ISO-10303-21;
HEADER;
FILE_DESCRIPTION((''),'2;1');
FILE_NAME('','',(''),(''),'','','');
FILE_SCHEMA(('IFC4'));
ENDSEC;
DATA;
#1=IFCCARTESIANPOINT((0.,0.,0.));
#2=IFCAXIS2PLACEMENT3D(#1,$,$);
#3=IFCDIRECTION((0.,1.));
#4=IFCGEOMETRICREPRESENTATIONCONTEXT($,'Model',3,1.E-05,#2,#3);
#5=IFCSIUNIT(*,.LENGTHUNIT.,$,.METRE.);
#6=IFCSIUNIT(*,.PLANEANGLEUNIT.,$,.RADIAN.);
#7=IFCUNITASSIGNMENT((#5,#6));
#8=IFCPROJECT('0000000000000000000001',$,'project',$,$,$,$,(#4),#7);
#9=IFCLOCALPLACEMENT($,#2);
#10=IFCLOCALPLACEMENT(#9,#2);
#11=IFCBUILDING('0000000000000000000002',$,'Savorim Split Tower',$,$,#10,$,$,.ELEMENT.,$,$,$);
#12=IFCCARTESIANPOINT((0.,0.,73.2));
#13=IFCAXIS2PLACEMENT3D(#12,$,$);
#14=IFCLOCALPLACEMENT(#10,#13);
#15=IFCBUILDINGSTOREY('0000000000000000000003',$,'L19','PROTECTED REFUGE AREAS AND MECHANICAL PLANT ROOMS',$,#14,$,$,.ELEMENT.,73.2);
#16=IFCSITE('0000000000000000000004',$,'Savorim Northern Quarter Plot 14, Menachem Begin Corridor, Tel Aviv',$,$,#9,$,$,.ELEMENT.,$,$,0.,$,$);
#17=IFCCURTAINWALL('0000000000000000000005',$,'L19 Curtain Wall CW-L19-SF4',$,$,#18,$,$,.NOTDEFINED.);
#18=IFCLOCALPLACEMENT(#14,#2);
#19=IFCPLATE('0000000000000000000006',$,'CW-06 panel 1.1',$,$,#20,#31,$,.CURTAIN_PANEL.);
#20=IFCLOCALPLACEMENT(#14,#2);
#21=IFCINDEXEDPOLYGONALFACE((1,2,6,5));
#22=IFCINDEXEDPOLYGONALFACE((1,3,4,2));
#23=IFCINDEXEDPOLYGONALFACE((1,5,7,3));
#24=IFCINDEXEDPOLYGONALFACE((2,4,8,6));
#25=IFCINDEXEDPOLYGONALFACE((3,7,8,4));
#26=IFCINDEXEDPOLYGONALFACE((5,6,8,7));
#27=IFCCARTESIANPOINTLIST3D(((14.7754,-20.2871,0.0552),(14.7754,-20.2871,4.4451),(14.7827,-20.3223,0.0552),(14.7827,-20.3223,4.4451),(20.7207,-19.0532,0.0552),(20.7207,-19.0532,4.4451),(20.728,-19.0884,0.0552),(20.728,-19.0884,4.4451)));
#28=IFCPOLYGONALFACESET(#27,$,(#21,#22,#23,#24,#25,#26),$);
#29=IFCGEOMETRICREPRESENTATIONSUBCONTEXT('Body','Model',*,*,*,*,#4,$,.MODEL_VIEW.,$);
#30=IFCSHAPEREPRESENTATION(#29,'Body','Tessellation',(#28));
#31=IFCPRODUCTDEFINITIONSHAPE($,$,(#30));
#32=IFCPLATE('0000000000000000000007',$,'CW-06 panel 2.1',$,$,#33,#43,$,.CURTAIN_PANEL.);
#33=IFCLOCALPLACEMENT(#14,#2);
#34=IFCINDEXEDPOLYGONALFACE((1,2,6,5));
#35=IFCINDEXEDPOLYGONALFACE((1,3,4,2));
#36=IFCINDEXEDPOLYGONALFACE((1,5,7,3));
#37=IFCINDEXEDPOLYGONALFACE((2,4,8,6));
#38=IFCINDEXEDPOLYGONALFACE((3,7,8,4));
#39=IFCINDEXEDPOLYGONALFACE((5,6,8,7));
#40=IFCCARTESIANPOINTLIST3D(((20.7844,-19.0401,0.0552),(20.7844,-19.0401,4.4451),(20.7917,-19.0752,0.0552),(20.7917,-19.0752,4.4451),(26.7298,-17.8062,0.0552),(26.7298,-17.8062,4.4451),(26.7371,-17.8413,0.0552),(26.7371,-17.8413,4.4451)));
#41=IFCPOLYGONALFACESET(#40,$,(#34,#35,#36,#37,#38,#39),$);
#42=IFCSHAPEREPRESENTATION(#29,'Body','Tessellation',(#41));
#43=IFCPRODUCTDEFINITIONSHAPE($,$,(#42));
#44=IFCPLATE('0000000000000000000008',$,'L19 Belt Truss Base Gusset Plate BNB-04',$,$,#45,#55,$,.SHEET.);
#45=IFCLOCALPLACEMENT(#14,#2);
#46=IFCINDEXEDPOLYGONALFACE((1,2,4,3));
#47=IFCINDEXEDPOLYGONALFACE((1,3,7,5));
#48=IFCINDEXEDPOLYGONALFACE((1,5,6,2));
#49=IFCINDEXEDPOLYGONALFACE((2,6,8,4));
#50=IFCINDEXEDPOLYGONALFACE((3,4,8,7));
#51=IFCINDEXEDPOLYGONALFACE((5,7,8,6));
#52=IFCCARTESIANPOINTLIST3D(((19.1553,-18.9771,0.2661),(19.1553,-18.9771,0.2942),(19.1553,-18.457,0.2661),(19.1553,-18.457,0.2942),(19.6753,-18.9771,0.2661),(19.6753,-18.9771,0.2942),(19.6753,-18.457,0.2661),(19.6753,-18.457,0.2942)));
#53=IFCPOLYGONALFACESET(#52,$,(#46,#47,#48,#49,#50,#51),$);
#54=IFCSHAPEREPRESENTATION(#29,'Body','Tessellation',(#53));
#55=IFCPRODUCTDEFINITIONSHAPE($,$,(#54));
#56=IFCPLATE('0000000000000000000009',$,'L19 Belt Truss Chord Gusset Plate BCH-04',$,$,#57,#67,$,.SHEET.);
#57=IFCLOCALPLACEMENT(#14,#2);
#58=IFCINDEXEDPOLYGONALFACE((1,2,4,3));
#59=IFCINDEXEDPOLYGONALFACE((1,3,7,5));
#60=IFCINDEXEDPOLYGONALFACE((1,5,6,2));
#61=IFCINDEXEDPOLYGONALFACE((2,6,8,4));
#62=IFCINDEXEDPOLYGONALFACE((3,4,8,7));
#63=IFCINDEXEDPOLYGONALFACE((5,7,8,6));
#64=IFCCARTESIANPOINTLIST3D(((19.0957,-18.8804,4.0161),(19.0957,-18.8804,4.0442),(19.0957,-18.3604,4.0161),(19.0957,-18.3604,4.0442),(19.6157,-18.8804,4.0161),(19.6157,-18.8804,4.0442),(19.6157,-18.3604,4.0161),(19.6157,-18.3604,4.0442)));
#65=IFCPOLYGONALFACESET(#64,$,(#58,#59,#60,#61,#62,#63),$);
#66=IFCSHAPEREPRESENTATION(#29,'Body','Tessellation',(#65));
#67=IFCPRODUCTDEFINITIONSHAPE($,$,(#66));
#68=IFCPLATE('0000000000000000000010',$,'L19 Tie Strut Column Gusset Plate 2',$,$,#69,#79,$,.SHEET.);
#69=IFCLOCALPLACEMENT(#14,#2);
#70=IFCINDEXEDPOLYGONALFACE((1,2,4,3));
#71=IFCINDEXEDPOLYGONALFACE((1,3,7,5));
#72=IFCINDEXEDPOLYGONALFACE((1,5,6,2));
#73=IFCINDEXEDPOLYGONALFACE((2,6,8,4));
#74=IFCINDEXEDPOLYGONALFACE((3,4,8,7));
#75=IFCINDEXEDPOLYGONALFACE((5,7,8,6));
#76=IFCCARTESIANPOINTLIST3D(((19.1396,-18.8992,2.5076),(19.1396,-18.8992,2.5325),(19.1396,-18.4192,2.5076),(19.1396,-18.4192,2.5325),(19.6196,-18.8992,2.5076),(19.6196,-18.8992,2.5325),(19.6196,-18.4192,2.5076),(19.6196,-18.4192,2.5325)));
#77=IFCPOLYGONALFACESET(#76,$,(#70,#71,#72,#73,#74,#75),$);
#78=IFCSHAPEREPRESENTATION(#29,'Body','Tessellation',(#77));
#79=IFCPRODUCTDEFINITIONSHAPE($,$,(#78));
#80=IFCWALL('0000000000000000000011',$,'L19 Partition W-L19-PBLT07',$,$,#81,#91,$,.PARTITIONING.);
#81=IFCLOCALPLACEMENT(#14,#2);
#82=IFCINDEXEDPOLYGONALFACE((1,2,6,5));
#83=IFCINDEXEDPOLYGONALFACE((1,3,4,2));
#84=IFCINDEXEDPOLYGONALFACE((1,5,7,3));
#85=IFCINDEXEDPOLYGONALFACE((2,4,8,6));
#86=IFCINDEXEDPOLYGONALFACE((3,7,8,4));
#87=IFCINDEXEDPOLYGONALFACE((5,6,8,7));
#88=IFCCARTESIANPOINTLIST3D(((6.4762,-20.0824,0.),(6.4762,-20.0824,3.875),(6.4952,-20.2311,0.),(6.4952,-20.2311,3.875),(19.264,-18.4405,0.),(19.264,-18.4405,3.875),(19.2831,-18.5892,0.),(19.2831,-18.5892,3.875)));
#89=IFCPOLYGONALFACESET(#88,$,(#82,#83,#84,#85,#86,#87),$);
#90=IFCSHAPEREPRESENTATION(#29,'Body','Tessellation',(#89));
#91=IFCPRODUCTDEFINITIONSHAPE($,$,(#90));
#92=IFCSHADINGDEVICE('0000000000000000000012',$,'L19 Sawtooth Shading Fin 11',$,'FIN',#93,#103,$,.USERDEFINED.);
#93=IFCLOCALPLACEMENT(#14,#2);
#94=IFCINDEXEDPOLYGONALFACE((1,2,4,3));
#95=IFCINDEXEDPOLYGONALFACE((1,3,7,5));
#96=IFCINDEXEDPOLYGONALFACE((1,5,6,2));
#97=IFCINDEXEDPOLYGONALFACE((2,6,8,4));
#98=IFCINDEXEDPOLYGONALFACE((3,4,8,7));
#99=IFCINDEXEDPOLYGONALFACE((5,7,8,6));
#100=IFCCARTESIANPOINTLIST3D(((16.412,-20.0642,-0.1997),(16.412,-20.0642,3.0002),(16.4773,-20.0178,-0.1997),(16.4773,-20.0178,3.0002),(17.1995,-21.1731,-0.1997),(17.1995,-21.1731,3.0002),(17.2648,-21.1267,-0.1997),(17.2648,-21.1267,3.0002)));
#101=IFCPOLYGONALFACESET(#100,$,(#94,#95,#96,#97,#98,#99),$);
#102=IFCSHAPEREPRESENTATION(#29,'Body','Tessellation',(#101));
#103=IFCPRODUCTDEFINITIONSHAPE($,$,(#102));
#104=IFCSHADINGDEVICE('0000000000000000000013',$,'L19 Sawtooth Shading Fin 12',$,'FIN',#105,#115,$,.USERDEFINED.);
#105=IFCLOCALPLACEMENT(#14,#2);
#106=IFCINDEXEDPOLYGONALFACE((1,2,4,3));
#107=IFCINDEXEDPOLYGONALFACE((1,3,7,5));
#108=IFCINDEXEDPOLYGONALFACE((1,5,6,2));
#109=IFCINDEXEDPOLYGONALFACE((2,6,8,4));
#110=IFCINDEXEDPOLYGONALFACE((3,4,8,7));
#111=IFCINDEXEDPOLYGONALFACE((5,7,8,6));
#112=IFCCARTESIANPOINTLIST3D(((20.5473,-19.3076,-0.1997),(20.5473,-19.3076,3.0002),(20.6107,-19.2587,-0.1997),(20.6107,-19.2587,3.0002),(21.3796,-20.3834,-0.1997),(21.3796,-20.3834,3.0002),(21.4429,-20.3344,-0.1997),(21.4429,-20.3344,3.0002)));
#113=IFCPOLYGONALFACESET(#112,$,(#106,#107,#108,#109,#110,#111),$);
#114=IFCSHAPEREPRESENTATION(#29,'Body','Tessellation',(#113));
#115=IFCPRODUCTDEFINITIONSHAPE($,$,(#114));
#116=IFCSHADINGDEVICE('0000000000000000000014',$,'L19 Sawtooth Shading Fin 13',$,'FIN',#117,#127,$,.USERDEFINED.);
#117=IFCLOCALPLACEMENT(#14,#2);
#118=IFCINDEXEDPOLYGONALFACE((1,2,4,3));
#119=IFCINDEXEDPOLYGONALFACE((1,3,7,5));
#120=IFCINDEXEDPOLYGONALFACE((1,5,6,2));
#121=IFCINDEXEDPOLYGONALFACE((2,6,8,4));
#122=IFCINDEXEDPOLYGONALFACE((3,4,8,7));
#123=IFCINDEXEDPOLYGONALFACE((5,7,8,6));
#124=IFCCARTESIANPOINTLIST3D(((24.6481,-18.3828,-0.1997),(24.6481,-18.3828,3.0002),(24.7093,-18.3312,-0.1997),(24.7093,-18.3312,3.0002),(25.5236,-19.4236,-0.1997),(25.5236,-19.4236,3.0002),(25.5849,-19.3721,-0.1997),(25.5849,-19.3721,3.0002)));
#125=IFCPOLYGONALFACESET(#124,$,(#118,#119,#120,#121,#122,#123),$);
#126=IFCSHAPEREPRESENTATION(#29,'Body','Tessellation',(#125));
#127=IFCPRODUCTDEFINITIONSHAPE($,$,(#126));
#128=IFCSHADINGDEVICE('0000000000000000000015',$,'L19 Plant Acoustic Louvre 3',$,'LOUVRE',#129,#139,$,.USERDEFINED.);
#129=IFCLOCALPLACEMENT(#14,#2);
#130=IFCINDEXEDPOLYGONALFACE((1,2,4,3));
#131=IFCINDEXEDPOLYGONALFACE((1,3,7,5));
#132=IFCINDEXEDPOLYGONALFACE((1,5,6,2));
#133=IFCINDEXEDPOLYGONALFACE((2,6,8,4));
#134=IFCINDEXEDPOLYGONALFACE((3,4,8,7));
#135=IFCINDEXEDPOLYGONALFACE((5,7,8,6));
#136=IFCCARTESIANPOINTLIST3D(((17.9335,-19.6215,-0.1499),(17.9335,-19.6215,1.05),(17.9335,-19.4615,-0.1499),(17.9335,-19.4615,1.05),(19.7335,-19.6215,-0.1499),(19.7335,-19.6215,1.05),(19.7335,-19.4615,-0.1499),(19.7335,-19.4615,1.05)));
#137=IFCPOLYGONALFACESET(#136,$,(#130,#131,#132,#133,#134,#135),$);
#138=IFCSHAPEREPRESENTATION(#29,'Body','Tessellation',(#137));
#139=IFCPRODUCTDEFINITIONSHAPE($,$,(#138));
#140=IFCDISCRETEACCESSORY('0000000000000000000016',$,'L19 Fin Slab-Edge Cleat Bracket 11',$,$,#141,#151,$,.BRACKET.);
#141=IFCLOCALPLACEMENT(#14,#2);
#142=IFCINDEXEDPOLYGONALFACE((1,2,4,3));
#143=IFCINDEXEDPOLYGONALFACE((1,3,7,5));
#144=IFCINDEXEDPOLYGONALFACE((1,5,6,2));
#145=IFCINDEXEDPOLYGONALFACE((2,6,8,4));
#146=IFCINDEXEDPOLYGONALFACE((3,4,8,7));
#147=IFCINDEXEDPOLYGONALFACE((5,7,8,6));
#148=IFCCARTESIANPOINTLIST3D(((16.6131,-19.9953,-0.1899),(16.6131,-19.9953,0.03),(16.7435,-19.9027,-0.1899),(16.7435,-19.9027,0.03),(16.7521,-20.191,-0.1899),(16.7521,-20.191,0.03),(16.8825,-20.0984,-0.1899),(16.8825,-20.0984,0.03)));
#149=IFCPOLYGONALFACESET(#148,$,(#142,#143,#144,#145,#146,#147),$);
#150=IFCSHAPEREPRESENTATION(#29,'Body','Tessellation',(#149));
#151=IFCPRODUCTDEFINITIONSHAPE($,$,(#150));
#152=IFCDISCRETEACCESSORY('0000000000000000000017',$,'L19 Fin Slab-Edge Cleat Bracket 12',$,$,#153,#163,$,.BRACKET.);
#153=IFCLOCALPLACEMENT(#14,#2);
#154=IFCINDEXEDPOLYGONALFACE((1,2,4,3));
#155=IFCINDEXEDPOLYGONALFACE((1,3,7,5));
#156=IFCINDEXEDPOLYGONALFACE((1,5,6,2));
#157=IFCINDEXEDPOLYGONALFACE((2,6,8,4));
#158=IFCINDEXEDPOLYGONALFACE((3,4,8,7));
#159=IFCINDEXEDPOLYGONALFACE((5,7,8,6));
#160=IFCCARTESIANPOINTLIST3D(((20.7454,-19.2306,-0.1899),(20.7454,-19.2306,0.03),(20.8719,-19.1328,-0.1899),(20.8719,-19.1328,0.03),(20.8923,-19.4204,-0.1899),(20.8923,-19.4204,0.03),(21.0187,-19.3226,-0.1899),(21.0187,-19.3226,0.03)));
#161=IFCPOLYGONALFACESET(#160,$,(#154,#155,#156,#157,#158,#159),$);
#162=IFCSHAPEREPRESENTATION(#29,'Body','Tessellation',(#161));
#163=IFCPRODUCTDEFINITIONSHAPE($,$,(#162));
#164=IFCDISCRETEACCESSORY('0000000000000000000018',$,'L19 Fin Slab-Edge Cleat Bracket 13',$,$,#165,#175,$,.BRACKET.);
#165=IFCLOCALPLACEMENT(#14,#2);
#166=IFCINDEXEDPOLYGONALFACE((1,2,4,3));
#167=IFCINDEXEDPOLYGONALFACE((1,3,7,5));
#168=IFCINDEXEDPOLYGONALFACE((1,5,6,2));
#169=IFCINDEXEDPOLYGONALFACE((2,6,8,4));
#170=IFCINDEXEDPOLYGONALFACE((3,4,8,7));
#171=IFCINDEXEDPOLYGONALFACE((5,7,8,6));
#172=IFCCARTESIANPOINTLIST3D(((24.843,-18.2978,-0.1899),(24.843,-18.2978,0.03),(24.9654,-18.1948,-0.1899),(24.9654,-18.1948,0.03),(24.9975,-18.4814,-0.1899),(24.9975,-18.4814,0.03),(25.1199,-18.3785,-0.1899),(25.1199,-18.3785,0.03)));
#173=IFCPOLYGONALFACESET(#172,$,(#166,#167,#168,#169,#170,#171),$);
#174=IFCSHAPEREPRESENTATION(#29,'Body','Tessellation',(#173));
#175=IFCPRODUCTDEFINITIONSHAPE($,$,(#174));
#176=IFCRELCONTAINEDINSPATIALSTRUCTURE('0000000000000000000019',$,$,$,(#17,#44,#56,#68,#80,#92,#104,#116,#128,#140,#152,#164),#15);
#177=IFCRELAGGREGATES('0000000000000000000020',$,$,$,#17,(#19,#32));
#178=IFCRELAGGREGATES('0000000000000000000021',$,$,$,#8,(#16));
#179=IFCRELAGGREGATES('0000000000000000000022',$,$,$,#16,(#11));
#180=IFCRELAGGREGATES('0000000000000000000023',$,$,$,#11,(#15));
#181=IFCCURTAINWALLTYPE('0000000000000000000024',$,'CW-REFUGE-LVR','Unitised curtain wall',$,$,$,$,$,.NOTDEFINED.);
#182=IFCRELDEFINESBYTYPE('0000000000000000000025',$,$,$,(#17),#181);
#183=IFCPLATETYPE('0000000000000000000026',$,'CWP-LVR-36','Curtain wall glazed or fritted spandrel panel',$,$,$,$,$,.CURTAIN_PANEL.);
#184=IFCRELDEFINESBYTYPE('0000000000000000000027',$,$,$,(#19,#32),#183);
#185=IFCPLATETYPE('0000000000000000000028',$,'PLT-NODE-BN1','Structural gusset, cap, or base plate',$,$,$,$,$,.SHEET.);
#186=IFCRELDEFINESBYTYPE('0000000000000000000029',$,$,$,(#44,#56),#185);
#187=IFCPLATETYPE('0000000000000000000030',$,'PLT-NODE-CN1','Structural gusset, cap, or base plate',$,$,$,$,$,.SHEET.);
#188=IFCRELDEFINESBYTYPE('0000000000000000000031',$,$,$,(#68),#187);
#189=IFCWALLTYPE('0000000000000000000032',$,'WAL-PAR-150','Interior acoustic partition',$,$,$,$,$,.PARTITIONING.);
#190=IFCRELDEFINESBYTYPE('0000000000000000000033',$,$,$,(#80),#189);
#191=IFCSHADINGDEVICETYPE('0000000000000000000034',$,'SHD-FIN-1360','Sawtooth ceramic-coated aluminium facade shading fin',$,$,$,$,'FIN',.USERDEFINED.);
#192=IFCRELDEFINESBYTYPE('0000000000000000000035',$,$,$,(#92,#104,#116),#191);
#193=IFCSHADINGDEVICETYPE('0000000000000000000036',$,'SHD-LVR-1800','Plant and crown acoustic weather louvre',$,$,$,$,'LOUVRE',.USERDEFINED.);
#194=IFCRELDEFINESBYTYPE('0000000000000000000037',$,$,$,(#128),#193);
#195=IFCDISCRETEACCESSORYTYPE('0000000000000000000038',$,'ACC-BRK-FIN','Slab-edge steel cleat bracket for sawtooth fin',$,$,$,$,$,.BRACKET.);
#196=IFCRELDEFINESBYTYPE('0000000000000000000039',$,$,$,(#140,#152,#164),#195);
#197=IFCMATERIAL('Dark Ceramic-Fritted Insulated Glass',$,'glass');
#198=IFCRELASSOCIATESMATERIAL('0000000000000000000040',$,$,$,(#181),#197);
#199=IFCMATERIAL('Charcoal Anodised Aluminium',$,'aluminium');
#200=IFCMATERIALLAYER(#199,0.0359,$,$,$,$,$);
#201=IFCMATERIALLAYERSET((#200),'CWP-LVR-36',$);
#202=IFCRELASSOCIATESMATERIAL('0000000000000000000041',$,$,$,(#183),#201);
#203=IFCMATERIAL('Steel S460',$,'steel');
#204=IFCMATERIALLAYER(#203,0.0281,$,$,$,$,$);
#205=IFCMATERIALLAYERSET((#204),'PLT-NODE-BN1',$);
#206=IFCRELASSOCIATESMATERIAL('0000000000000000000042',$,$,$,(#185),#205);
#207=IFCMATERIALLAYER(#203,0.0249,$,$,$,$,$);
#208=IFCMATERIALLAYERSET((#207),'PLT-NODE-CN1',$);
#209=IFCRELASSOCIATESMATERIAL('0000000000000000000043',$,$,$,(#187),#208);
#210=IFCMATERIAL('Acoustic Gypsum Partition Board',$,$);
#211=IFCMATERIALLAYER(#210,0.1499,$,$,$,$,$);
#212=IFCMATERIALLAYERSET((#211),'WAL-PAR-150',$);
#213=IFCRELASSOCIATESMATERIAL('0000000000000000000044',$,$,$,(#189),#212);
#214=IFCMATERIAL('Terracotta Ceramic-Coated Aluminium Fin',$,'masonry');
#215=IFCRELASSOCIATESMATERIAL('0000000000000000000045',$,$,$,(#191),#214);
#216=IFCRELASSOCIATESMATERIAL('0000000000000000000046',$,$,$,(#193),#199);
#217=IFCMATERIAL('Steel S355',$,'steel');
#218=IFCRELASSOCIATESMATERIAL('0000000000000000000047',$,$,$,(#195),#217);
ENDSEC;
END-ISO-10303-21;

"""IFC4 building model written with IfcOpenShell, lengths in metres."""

from ifc_helpers import new_model, si_unit, direction, frame, frame_2d, origin, origin_2d, place, context, subcontext, project, spatial, rectangle, extrude, material, layer, layer_set, type_object, element, aggregate, save


model = new_model("IFC4")

# Units and contexts
model_context = context("Model", 3, precision=1e-05, world=origin(), true_north=direction((0.0, 1.0)))
body_context = subcontext(model_context, "Body", "Model", "MODEL_VIEW")
ifc_project = project(units=[si_unit("LENGTHUNIT", "METRE"), si_unit("PLANEANGLEUNIT", "RADIAN")], contexts=[model_context])

# Site, building, storey
site_placement = place(None, origin())
site = spatial("IfcSite", under=ifc_project, at=site_placement, Name="Savorim Northern Quarter Plot 14, Menachem Begin Corridor, Tel Aviv", CompositionType="ELEMENT", RefElevation=0.0)
building_placement = place(site_placement, origin())
building = spatial("IfcBuilding", under=site, at=building_placement, Name="Savorim Split Tower", CompositionType="ELEMENT")
storey_placement = place(building_placement, frame((0.0, 0.0, 73.2)))
storey = spatial("IfcBuildingStorey", under=building, at=storey_placement, Name="L19", Description="PROTECTED REFUGE AREAS AND MECHANICAL PLANT ROOMS", CompositionType="ELEMENT", Elevation=73.2)

# Shared definitions
ifc_material_1 = material(Name="Steel S460", Category="steel")

# Shared definitions
ifc_material_2 = material(Name="Steel S355", Category="steel")

# Curtain wall
ifc_material_3 = material(Name="Dark Ceramic-Fritted Insulated Glass", Category="glass")
curtain_wall_type = type_object("IfcCurtainWallType", Name="CW-REFUGE-LVR", Description="Unitised curtain wall", PredefinedType="NOTDEFINED", material=ifc_material_3)
curtain_wall_placement = place(storey_placement, origin())
curtain_wall = element("IfcCurtainWall", 1, at=curtain_wall_placement, inside=storey, type_object=curtain_wall_type, Name="L19 Curtain Wall CW-L19-SF4", PredefinedType="NOTDEFINED")
ifc_material_4 = material(Name="Charcoal Anodised Aluminium", Category="aluminium")

# Plates
ifc_layer_1 = layer(ifc_material_4, 0.0359)
ifc_layer_set_1 = layer_set([ifc_layer_1], Name="CWP-LVR-36")
plate_type_1 = type_object("IfcPlateType", Name="CWP-LVR-36", Description="Curtain wall glazed or fritted spandrel panel", PredefinedType="CURTAIN_PANEL", material=ifc_layer_set_1)
plate_1_placement = place(storey_placement, frame((17.7517, -19.6877, 0.0552), z_axis=(0.0, 0.0, 1.0), x_axis=(0.979135, 0.20321, 0.0)))
plate_1 = element("IfcPlate", 2, at=plate_1_placement, type_object=plate_type_1, Name="CW-06 panel 1.1", PredefinedType="CURTAIN_PANEL", context=body_context, shape_type="SweptSolid", body=[
    extrude(rectangle(XDim=6.072, YDim=0.0359, at=origin_2d()), origin(), (0.0, 0.0, 1.0), 4.3899),
])
plate_2_placement = place(storey_placement, frame((23.7607, -18.4407, 0.0552), z_axis=(0.0, 0.0, 1.0), x_axis=(0.979135, 0.20321, 0.0)))
plate_2 = element("IfcPlate", 3, at=plate_2_placement, type_object=plate_type_1, Name="CW-06 panel 2.1", PredefinedType="CURTAIN_PANEL", context=body_context, shape_type="SweptSolid", body=[
    extrude(rectangle(XDim=6.072, YDim=0.0359, at=origin_2d()), origin(), (0.0, 0.0, 1.0), 4.3899),
])
aggregate(curtain_wall, [plate_1, plate_2])

# Plates
ifc_layer_2 = layer(ifc_material_1, 0.0281)
ifc_layer_set_2 = layer_set([ifc_layer_2], Name="PLT-NODE-BN1")
plate_type_2 = type_object("IfcPlateType", Name="PLT-NODE-BN1", Description="Structural gusset, cap, or base plate", PredefinedType="SHEET", material=ifc_layer_set_2)
for number, where, z_axis, x_axis, name in (
    (4, (19.4153, -18.717, 0.2661), (0.0, 0.0, 1.0), (1.0, 0.0, 0.0), "L19 Belt Truss Base Gusset Plate BNB-04"),
    (5, (19.3557, -18.6204, 4.0161), (0.0, 0.0, 1.0), (1.0, 0.0, 0.0), "L19 Belt Truss Chord Gusset Plate BCH-04"),
):
    element("IfcPlate", number, at=place(storey_placement, frame(where, z_axis=z_axis, x_axis=x_axis)), inside=storey, type_object=plate_type_2, Name=name, PredefinedType="SHEET", context=body_context, shape_type="SweptSolid", body=[
        extrude(rectangle(XDim=0.52, YDim=0.52, at=origin_2d()), origin(), (0.0, 0.0, 1.0), 0.0281),
    ])
ifc_layer_3 = layer(ifc_material_1, 0.0249)
ifc_layer_set_3 = layer_set([ifc_layer_3], Name="PLT-NODE-CN1")
plate_type_3 = type_object("IfcPlateType", Name="PLT-NODE-CN1", Description="Structural gusset, cap, or base plate", PredefinedType="SHEET", material=ifc_layer_set_3)
plate_3_placement = place(storey_placement, frame((19.3796, -18.6592, 2.5076), z_axis=(0.0, 0.0, 1.0), x_axis=(1.0, 0.0, 0.0)))
element("IfcPlate", 6, at=plate_3_placement, inside=storey, type_object=plate_type_3, Name="L19 Tie Strut Column Gusset Plate 2", PredefinedType="SHEET", context=body_context, shape_type="SweptSolid", body=[
    extrude(rectangle(XDim=0.48, YDim=0.48, at=origin_2d()), origin(), (0.0, 0.0, 1.0), 0.0249),
])

# Wall
ifc_material_5 = material(Name="Acoustic Gypsum Partition Board")
ifc_layer_4 = layer(ifc_material_5, 0.1499)
ifc_layer_set_4 = layer_set([ifc_layer_4], Name="WAL-PAR-150")
wall_type = type_object("IfcWallType", Name="WAL-PAR-150", Description="Interior acoustic partition", PredefinedType="PARTITIONING", material=ifc_layer_set_4)
wall_placement = place(storey_placement, frame((19.2734, -18.5149, 0.0), z_axis=(0.0, 0.0, 1.0), x_axis=(-0.991858, -0.127346, 0.0)))
element("IfcWall", 7, at=wall_placement, inside=storey, type_object=wall_type, Name="L19 Partition W-L19-PBLT07", PredefinedType="PARTITIONING", context=body_context, shape_type="SweptSolid", body=[
    extrude(rectangle(XDim=12.8928, YDim=0.1499, at=frame_2d((6.4463, 0.0))), origin(), (0.0, 0.0, 1.0), 3.875),
])

# Shading devices
ifc_material_6 = material(Name="Terracotta Ceramic-Coated Aluminium Fin", Category="masonry")
shading_device_type_1 = type_object("IfcShadingDeviceType", Name="SHD-FIN-1360", Description="Sawtooth ceramic-coated aluminium facade shading fin", ElementType="FIN", PredefinedType="USERDEFINED", material=ifc_material_6)
for number, where, z_axis, x_axis, name in (
    (8, (16.8384, -20.5955, -0.1997), (0.0, 0.0, 1.0), (0.578994, -0.815332, 0.0), "L19 Sawtooth Shading Fin 11"),
    (9, (20.9951, -19.821, -0.1997), (0.0, 0.0, 1.0), (0.611868, -0.79096, 0.0), "L19 Sawtooth Shading Fin 12"),
    (10, (25.1165, -18.8774, -0.1997), (0.0, 0.0, 1.0), (0.643719, -0.765262, 0.0), "L19 Sawtooth Shading Fin 13"),
):
    element("IfcShadingDevice", number, at=place(storey_placement, frame(where, z_axis=z_axis, x_axis=x_axis)), inside=storey, type_object=shading_device_type_1, Name=name, ObjectType="FIN", PredefinedType="USERDEFINED", context=body_context, shape_type="SweptSolid", body=[
        extrude(rectangle(XDim=1.3601, YDim=0.0801, at=origin_2d()), origin(), (0.0, 0.0, 1.0), 3.2),
    ])
shading_device_type_2 = type_object("IfcShadingDeviceType", Name="SHD-LVR-1800", Description="Plant and crown acoustic weather louvre", ElementType="LOUVRE", PredefinedType="USERDEFINED", material=ifc_material_4)
shading_device_placement = place(storey_placement, frame((18.8335, -19.5415, -0.1499), z_axis=(0.0, 0.0, 1.0), x_axis=(1.0, 0.0, 0.0)))
element("IfcShadingDevice", 11, at=shading_device_placement, inside=storey, type_object=shading_device_type_2, Name="L19 Plant Acoustic Louvre 3", ObjectType="LOUVRE", PredefinedType="USERDEFINED", context=body_context, shape_type="SweptSolid", body=[
    extrude(rectangle(XDim=1.8, YDim=0.1599, at=origin_2d()), origin(), (0.0, 0.0, 1.0), 1.2),
])

# Discrete accessories
discrete_accessory_type = type_object("IfcDiscreteAccessoryType", Name="ACC-BRK-FIN", Description="Slab-edge steel cleat bracket for sawtooth fin", PredefinedType="BRACKET", material=ifc_material_2)
for number, where, z_axis, x_axis, name in (
    (12, (16.7478, -20.0469, -0.1899), (0.0, 0.0, 1.0), (0.578994, -0.815332, 0.0), "L19 Fin Slab-Edge Cleat Bracket 11"),
    (13, (20.8821, -19.2766, -0.1899), (0.0, 0.0, 1.0), (0.611868, -0.79096, 0.0), "L19 Fin Slab-Edge Cleat Bracket 12"),
    (14, (24.9814, -18.3381, -0.1899), (0.0, 0.0, 1.0), (0.643719, -0.765262, 0.0), "L19 Fin Slab-Edge Cleat Bracket 13"),
):
    element("IfcDiscreteAccessory", number, at=place(storey_placement, frame(where, z_axis=z_axis, x_axis=x_axis)), inside=storey, type_object=discrete_accessory_type, Name=name, PredefinedType="BRACKET", context=body_context, shape_type="SweptSolid", body=[
        extrude(rectangle(XDim=0.24, YDim=0.1599, at=origin_2d()), origin(), (0.0, 0.0, 1.0), 0.22),
    ])

save(model, "model.ifc")
